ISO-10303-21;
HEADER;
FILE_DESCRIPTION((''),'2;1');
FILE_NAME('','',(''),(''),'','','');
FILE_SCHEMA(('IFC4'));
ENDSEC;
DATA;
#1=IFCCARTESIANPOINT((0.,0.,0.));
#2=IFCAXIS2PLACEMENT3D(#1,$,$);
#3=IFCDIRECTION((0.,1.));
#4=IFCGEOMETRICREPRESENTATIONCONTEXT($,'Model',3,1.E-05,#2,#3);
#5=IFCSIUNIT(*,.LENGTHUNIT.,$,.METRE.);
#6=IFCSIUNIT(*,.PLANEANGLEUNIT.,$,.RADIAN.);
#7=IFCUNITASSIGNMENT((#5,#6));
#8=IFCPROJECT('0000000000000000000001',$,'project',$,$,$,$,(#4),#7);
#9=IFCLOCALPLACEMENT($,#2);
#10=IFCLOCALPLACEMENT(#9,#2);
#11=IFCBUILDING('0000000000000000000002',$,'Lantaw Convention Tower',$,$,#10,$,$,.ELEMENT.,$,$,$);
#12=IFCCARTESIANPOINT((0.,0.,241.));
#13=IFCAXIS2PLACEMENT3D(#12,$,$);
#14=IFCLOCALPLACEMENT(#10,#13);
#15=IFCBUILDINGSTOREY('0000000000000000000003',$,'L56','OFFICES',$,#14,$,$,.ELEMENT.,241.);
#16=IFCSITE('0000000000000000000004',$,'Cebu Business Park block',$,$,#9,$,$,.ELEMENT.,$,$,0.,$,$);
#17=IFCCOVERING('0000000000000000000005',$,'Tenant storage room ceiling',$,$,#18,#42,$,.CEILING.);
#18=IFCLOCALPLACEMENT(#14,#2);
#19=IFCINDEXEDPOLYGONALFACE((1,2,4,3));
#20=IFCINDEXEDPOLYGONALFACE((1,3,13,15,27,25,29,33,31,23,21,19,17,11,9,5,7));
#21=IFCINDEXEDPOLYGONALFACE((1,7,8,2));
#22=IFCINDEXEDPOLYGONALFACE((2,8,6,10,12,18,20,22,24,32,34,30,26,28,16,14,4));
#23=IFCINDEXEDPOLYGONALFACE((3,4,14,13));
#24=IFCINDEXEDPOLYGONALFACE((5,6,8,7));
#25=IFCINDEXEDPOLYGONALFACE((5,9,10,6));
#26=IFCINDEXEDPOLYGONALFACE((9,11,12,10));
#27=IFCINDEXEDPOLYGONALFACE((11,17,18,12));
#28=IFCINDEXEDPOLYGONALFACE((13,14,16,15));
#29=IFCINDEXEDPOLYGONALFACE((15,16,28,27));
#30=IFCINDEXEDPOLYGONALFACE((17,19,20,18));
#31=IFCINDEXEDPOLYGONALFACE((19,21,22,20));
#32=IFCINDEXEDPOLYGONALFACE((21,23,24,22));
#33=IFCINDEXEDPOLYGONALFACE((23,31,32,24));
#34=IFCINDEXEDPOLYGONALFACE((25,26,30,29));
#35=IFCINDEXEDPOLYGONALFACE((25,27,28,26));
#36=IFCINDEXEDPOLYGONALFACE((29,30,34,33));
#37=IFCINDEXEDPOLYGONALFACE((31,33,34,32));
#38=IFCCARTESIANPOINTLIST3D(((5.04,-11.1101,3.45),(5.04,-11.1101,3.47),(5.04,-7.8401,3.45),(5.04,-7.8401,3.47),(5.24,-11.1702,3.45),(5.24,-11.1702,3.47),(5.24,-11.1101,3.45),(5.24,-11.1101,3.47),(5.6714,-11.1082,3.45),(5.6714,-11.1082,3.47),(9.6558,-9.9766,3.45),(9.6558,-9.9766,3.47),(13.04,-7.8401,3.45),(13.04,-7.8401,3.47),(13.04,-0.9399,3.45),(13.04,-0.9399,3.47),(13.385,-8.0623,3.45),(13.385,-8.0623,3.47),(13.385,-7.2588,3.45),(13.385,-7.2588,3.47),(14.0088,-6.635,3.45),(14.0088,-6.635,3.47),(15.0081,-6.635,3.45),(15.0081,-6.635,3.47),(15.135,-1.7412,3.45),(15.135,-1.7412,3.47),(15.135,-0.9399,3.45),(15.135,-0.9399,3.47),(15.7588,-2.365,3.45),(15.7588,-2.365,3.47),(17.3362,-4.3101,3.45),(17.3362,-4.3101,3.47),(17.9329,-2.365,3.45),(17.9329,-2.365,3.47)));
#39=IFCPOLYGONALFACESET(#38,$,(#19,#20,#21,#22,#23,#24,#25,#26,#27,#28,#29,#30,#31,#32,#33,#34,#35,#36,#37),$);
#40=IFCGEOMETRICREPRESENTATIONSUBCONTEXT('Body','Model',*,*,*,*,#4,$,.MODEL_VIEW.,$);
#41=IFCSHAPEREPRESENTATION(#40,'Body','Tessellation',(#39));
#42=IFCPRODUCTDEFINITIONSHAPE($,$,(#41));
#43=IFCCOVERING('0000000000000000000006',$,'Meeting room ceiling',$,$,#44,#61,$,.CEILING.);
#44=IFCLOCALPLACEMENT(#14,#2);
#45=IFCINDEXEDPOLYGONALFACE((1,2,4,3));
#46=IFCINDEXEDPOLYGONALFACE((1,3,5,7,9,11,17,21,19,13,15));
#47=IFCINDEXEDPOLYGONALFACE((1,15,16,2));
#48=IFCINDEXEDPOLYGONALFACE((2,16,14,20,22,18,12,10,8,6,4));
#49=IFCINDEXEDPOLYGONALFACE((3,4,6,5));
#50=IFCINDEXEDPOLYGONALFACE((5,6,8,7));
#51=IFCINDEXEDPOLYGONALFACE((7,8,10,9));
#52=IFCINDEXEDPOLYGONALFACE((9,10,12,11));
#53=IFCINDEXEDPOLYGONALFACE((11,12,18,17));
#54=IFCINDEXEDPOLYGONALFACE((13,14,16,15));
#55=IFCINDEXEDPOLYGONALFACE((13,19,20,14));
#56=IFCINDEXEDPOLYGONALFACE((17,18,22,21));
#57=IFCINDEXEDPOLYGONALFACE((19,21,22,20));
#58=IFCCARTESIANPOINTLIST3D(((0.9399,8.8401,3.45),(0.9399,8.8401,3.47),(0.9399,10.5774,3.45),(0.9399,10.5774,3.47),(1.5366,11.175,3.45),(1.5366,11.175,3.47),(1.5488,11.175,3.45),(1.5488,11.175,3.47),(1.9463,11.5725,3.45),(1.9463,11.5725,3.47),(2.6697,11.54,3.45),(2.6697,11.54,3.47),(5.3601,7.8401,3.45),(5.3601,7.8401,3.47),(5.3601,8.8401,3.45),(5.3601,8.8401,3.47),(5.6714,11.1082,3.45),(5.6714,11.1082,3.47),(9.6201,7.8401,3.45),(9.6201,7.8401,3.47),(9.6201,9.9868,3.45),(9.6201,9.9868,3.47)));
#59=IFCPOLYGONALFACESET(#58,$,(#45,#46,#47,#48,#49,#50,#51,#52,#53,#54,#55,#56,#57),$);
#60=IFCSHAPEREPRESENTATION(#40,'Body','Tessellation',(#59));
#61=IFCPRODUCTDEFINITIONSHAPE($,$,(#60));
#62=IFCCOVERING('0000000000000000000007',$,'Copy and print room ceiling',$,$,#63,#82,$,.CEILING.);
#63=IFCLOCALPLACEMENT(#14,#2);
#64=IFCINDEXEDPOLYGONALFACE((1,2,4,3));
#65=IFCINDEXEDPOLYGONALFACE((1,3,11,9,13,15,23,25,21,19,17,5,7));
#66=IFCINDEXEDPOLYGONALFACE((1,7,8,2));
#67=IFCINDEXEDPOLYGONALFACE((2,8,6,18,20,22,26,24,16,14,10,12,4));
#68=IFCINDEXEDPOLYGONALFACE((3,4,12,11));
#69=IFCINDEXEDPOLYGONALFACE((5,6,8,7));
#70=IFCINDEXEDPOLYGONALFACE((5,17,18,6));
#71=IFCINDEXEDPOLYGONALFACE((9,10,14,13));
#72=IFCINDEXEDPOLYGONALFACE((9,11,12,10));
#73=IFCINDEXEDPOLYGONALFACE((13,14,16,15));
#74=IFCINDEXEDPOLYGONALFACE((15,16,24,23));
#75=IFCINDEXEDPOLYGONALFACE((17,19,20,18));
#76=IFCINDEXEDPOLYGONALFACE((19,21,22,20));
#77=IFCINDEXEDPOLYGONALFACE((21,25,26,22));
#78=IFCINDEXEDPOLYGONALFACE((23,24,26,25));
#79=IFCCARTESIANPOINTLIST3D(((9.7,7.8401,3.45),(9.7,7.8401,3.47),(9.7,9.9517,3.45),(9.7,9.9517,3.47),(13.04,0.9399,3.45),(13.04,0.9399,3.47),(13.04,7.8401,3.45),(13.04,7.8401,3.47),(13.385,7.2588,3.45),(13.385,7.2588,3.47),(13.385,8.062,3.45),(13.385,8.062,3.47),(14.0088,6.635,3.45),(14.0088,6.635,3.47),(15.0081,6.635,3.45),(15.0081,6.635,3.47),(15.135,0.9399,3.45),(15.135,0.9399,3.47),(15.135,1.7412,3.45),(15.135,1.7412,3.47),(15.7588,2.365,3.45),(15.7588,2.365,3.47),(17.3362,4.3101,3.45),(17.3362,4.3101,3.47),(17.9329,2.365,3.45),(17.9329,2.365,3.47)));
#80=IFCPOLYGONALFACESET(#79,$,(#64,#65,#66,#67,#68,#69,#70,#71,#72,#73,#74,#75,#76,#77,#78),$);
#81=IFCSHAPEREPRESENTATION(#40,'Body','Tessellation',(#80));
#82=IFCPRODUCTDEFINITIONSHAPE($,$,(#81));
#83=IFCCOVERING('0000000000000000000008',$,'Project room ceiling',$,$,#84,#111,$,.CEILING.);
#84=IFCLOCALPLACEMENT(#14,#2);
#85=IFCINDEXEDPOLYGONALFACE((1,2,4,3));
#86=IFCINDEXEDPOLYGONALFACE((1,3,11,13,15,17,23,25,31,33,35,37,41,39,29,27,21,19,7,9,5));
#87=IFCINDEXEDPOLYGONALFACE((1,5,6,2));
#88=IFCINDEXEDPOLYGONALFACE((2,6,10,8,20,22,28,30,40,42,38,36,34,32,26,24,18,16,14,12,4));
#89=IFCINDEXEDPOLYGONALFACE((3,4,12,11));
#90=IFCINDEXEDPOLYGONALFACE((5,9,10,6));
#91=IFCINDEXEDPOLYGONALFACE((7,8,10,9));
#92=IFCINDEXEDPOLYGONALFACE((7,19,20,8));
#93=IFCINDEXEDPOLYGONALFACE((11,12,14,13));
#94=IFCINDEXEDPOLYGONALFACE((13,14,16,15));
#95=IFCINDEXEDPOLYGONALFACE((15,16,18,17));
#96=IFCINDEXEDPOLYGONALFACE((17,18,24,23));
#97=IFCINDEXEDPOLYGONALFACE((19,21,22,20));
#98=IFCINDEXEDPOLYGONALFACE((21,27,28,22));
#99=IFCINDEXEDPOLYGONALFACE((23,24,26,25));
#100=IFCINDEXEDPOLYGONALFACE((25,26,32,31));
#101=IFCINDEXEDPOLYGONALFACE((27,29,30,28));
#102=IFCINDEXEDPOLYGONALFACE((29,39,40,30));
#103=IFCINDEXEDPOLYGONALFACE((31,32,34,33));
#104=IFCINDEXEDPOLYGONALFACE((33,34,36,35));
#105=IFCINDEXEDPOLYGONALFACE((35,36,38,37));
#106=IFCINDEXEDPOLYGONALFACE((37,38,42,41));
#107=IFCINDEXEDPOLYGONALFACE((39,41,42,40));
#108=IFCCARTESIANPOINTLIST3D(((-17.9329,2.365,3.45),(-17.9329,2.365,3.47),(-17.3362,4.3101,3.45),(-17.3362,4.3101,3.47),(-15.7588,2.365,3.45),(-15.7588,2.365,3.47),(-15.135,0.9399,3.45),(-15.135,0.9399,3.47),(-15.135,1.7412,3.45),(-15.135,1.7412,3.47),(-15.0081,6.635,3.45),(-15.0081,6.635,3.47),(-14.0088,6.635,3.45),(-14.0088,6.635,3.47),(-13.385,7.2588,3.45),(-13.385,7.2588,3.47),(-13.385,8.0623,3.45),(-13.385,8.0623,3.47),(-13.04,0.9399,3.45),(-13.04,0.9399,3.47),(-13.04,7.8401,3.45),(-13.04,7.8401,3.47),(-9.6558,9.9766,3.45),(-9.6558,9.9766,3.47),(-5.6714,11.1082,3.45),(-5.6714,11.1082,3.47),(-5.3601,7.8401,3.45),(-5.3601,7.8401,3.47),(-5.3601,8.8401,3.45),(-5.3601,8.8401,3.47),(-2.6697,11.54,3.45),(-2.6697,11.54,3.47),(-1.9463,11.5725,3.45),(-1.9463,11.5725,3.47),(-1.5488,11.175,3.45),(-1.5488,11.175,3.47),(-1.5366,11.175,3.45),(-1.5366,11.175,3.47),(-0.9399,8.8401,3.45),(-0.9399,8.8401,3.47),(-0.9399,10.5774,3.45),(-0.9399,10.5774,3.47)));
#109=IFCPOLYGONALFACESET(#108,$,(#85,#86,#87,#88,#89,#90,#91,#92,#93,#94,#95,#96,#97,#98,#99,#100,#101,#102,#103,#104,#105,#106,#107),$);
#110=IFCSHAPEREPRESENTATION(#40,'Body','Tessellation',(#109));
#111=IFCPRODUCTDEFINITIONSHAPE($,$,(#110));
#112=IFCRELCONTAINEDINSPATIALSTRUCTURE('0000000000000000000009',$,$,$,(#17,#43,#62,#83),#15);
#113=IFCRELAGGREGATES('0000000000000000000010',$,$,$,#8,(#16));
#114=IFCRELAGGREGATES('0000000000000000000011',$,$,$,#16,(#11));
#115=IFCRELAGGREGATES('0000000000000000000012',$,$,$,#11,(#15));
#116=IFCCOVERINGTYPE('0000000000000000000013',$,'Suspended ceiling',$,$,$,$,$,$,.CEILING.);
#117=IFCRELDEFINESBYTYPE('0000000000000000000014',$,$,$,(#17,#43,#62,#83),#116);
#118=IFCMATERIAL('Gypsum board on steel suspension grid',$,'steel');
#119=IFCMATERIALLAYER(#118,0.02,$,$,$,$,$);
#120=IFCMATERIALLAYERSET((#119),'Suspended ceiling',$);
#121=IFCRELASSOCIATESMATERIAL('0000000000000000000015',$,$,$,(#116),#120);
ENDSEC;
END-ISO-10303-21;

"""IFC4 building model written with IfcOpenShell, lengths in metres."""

from ifc_helpers import new_model, si_unit, direction, frame, origin, place, context, subcontext, project, spatial, polyline, outline, extrude, material, layer, layer_set, type_object, element, save


model = new_model("IFC4")

# Units and contexts
model_context = context("Model", 3, precision=1e-05, world=origin(), true_north=direction((0.0, 1.0)))
body_context = subcontext(model_context, "Body", "Model", "MODEL_VIEW")
ifc_project = project(units=[si_unit("LENGTHUNIT", "METRE"), si_unit("PLANEANGLEUNIT", "RADIAN")], contexts=[model_context])

# Site, building, storey
site_placement = place(None, origin())
site = spatial("IfcSite", under=ifc_project, at=site_placement, Name="Cebu Business Park block", CompositionType="ELEMENT", RefElevation=0.0)
building_placement = place(site_placement, origin())
building = spatial("IfcBuilding", under=site, at=building_placement, Name="Lantaw Convention Tower", CompositionType="ELEMENT")
storey_placement = place(building_placement, frame((0.0, 0.0, 241.0)))
storey = spatial("IfcBuildingStorey", under=building, at=storey_placement, Name="L56", Description="OFFICES", CompositionType="ELEMENT", Elevation=241.0)

# Coverings
ifc_material_1 = material(Name="Gypsum board on steel suspension grid", Category="steel")
ifc_layer_1 = layer(ifc_material_1, 0.02)
ifc_layer_set_1 = layer_set([ifc_layer_1], Name="Suspended ceiling")
covering_type = type_object("IfcCoveringType", Name="Suspended ceiling", PredefinedType="CEILING", material=ifc_layer_set_1)
covering_1_placement = place(storey_placement, frame((0.0, 0.0, 3.45)))
element("IfcCovering", 1, at=covering_1_placement, inside=storey, type_object=covering_type, Name="Tenant storage room ceiling", PredefinedType="CEILING", context=body_context, shape_type="SweptSolid", body=[
    extrude(outline(polyline([(13.04, -0.9399), (13.04, -7.8401), (5.04, -7.8401), (5.04, -11.1101), (5.24, -11.1101), (5.24, -11.1702), (5.6714, -11.1082), (9.6558, -9.9766), (13.385, -8.0623), (13.385, -7.2588), (14.0088, -6.635), (15.0081, -6.635), (17.3362, -4.3101), (17.9329, -2.365), (15.7588, -2.365), (15.135, -1.7412), (15.135, -0.9399), (13.04, -0.9399)])), origin(), (0.0, 0.0, 1.0), 0.02),
])
covering_2_placement = place(storey_placement, frame((0.0, 0.0, 3.45)))
element("IfcCovering", 2, at=covering_2_placement, inside=storey, type_object=covering_type, Name="Meeting room ceiling", PredefinedType="CEILING", context=body_context, shape_type="SweptSolid", body=[
    extrude(outline(polyline([(0.9399, 8.8401), (5.3601, 8.8401), (5.3601, 7.8401), (9.6201, 7.8401), (9.6201, 9.9868), (5.6714, 11.1082), (2.6697, 11.54), (1.9463, 11.5725), (1.5488, 11.175), (1.5366, 11.175), (0.9399, 10.5774), (0.9399, 8.8401)])), origin(), (0.0, 0.0, 1.0), 0.02),
])
covering_3_placement = place(storey_placement, frame((0.0, 0.0, 3.45)))
element("IfcCovering", 3, at=covering_3_placement, inside=storey, type_object=covering_type, Name="Copy and print room ceiling", PredefinedType="CEILING", context=body_context, shape_type="SweptSolid", body=[
    extrude(outline(polyline([(13.385, 8.062), (9.7, 9.9517), (9.7, 7.8401), (13.04, 7.8401), (13.04, 0.9399), (15.135, 0.9399), (15.135, 1.7412), (15.7588, 2.365), (17.9329, 2.365), (17.3362, 4.3101), (15.0081, 6.635), (14.0088, 6.635), (13.385, 7.2588), (13.385, 8.062)])), origin(), (0.0, 0.0, 1.0), 0.02),
])
covering_4_placement = place(storey_placement, frame((0.0, 0.0, 3.45)))
element("IfcCovering", 4, at=covering_4_placement, inside=storey, type_object=covering_type, Name="Project room ceiling", PredefinedType="CEILING", context=body_context, shape_type="SweptSolid", body=[
    extrude(outline(polyline([(-15.7588, 2.365), (-15.135, 1.7412), (-15.135, 0.9399), (-13.04, 0.9399), (-13.04, 7.8401), (-5.3601, 7.8401), (-5.3601, 8.8401), (-0.9399, 8.8401), (-0.9399, 10.5774), (-1.5366, 11.175), (-1.5488, 11.175), (-1.9463, 11.5725), (-2.6697, 11.54), (-5.6714, 11.1082), (-9.6558, 9.9766), (-13.385, 8.0623), (-13.385, 7.2588), (-14.0088, 6.635), (-15.0081, 6.635), (-17.3362, 4.3101), (-17.9329, 2.365), (-15.7588, 2.365)])), origin(), (0.0, 0.0, 1.0), 0.02),
])

save(model, "model.ifc")
